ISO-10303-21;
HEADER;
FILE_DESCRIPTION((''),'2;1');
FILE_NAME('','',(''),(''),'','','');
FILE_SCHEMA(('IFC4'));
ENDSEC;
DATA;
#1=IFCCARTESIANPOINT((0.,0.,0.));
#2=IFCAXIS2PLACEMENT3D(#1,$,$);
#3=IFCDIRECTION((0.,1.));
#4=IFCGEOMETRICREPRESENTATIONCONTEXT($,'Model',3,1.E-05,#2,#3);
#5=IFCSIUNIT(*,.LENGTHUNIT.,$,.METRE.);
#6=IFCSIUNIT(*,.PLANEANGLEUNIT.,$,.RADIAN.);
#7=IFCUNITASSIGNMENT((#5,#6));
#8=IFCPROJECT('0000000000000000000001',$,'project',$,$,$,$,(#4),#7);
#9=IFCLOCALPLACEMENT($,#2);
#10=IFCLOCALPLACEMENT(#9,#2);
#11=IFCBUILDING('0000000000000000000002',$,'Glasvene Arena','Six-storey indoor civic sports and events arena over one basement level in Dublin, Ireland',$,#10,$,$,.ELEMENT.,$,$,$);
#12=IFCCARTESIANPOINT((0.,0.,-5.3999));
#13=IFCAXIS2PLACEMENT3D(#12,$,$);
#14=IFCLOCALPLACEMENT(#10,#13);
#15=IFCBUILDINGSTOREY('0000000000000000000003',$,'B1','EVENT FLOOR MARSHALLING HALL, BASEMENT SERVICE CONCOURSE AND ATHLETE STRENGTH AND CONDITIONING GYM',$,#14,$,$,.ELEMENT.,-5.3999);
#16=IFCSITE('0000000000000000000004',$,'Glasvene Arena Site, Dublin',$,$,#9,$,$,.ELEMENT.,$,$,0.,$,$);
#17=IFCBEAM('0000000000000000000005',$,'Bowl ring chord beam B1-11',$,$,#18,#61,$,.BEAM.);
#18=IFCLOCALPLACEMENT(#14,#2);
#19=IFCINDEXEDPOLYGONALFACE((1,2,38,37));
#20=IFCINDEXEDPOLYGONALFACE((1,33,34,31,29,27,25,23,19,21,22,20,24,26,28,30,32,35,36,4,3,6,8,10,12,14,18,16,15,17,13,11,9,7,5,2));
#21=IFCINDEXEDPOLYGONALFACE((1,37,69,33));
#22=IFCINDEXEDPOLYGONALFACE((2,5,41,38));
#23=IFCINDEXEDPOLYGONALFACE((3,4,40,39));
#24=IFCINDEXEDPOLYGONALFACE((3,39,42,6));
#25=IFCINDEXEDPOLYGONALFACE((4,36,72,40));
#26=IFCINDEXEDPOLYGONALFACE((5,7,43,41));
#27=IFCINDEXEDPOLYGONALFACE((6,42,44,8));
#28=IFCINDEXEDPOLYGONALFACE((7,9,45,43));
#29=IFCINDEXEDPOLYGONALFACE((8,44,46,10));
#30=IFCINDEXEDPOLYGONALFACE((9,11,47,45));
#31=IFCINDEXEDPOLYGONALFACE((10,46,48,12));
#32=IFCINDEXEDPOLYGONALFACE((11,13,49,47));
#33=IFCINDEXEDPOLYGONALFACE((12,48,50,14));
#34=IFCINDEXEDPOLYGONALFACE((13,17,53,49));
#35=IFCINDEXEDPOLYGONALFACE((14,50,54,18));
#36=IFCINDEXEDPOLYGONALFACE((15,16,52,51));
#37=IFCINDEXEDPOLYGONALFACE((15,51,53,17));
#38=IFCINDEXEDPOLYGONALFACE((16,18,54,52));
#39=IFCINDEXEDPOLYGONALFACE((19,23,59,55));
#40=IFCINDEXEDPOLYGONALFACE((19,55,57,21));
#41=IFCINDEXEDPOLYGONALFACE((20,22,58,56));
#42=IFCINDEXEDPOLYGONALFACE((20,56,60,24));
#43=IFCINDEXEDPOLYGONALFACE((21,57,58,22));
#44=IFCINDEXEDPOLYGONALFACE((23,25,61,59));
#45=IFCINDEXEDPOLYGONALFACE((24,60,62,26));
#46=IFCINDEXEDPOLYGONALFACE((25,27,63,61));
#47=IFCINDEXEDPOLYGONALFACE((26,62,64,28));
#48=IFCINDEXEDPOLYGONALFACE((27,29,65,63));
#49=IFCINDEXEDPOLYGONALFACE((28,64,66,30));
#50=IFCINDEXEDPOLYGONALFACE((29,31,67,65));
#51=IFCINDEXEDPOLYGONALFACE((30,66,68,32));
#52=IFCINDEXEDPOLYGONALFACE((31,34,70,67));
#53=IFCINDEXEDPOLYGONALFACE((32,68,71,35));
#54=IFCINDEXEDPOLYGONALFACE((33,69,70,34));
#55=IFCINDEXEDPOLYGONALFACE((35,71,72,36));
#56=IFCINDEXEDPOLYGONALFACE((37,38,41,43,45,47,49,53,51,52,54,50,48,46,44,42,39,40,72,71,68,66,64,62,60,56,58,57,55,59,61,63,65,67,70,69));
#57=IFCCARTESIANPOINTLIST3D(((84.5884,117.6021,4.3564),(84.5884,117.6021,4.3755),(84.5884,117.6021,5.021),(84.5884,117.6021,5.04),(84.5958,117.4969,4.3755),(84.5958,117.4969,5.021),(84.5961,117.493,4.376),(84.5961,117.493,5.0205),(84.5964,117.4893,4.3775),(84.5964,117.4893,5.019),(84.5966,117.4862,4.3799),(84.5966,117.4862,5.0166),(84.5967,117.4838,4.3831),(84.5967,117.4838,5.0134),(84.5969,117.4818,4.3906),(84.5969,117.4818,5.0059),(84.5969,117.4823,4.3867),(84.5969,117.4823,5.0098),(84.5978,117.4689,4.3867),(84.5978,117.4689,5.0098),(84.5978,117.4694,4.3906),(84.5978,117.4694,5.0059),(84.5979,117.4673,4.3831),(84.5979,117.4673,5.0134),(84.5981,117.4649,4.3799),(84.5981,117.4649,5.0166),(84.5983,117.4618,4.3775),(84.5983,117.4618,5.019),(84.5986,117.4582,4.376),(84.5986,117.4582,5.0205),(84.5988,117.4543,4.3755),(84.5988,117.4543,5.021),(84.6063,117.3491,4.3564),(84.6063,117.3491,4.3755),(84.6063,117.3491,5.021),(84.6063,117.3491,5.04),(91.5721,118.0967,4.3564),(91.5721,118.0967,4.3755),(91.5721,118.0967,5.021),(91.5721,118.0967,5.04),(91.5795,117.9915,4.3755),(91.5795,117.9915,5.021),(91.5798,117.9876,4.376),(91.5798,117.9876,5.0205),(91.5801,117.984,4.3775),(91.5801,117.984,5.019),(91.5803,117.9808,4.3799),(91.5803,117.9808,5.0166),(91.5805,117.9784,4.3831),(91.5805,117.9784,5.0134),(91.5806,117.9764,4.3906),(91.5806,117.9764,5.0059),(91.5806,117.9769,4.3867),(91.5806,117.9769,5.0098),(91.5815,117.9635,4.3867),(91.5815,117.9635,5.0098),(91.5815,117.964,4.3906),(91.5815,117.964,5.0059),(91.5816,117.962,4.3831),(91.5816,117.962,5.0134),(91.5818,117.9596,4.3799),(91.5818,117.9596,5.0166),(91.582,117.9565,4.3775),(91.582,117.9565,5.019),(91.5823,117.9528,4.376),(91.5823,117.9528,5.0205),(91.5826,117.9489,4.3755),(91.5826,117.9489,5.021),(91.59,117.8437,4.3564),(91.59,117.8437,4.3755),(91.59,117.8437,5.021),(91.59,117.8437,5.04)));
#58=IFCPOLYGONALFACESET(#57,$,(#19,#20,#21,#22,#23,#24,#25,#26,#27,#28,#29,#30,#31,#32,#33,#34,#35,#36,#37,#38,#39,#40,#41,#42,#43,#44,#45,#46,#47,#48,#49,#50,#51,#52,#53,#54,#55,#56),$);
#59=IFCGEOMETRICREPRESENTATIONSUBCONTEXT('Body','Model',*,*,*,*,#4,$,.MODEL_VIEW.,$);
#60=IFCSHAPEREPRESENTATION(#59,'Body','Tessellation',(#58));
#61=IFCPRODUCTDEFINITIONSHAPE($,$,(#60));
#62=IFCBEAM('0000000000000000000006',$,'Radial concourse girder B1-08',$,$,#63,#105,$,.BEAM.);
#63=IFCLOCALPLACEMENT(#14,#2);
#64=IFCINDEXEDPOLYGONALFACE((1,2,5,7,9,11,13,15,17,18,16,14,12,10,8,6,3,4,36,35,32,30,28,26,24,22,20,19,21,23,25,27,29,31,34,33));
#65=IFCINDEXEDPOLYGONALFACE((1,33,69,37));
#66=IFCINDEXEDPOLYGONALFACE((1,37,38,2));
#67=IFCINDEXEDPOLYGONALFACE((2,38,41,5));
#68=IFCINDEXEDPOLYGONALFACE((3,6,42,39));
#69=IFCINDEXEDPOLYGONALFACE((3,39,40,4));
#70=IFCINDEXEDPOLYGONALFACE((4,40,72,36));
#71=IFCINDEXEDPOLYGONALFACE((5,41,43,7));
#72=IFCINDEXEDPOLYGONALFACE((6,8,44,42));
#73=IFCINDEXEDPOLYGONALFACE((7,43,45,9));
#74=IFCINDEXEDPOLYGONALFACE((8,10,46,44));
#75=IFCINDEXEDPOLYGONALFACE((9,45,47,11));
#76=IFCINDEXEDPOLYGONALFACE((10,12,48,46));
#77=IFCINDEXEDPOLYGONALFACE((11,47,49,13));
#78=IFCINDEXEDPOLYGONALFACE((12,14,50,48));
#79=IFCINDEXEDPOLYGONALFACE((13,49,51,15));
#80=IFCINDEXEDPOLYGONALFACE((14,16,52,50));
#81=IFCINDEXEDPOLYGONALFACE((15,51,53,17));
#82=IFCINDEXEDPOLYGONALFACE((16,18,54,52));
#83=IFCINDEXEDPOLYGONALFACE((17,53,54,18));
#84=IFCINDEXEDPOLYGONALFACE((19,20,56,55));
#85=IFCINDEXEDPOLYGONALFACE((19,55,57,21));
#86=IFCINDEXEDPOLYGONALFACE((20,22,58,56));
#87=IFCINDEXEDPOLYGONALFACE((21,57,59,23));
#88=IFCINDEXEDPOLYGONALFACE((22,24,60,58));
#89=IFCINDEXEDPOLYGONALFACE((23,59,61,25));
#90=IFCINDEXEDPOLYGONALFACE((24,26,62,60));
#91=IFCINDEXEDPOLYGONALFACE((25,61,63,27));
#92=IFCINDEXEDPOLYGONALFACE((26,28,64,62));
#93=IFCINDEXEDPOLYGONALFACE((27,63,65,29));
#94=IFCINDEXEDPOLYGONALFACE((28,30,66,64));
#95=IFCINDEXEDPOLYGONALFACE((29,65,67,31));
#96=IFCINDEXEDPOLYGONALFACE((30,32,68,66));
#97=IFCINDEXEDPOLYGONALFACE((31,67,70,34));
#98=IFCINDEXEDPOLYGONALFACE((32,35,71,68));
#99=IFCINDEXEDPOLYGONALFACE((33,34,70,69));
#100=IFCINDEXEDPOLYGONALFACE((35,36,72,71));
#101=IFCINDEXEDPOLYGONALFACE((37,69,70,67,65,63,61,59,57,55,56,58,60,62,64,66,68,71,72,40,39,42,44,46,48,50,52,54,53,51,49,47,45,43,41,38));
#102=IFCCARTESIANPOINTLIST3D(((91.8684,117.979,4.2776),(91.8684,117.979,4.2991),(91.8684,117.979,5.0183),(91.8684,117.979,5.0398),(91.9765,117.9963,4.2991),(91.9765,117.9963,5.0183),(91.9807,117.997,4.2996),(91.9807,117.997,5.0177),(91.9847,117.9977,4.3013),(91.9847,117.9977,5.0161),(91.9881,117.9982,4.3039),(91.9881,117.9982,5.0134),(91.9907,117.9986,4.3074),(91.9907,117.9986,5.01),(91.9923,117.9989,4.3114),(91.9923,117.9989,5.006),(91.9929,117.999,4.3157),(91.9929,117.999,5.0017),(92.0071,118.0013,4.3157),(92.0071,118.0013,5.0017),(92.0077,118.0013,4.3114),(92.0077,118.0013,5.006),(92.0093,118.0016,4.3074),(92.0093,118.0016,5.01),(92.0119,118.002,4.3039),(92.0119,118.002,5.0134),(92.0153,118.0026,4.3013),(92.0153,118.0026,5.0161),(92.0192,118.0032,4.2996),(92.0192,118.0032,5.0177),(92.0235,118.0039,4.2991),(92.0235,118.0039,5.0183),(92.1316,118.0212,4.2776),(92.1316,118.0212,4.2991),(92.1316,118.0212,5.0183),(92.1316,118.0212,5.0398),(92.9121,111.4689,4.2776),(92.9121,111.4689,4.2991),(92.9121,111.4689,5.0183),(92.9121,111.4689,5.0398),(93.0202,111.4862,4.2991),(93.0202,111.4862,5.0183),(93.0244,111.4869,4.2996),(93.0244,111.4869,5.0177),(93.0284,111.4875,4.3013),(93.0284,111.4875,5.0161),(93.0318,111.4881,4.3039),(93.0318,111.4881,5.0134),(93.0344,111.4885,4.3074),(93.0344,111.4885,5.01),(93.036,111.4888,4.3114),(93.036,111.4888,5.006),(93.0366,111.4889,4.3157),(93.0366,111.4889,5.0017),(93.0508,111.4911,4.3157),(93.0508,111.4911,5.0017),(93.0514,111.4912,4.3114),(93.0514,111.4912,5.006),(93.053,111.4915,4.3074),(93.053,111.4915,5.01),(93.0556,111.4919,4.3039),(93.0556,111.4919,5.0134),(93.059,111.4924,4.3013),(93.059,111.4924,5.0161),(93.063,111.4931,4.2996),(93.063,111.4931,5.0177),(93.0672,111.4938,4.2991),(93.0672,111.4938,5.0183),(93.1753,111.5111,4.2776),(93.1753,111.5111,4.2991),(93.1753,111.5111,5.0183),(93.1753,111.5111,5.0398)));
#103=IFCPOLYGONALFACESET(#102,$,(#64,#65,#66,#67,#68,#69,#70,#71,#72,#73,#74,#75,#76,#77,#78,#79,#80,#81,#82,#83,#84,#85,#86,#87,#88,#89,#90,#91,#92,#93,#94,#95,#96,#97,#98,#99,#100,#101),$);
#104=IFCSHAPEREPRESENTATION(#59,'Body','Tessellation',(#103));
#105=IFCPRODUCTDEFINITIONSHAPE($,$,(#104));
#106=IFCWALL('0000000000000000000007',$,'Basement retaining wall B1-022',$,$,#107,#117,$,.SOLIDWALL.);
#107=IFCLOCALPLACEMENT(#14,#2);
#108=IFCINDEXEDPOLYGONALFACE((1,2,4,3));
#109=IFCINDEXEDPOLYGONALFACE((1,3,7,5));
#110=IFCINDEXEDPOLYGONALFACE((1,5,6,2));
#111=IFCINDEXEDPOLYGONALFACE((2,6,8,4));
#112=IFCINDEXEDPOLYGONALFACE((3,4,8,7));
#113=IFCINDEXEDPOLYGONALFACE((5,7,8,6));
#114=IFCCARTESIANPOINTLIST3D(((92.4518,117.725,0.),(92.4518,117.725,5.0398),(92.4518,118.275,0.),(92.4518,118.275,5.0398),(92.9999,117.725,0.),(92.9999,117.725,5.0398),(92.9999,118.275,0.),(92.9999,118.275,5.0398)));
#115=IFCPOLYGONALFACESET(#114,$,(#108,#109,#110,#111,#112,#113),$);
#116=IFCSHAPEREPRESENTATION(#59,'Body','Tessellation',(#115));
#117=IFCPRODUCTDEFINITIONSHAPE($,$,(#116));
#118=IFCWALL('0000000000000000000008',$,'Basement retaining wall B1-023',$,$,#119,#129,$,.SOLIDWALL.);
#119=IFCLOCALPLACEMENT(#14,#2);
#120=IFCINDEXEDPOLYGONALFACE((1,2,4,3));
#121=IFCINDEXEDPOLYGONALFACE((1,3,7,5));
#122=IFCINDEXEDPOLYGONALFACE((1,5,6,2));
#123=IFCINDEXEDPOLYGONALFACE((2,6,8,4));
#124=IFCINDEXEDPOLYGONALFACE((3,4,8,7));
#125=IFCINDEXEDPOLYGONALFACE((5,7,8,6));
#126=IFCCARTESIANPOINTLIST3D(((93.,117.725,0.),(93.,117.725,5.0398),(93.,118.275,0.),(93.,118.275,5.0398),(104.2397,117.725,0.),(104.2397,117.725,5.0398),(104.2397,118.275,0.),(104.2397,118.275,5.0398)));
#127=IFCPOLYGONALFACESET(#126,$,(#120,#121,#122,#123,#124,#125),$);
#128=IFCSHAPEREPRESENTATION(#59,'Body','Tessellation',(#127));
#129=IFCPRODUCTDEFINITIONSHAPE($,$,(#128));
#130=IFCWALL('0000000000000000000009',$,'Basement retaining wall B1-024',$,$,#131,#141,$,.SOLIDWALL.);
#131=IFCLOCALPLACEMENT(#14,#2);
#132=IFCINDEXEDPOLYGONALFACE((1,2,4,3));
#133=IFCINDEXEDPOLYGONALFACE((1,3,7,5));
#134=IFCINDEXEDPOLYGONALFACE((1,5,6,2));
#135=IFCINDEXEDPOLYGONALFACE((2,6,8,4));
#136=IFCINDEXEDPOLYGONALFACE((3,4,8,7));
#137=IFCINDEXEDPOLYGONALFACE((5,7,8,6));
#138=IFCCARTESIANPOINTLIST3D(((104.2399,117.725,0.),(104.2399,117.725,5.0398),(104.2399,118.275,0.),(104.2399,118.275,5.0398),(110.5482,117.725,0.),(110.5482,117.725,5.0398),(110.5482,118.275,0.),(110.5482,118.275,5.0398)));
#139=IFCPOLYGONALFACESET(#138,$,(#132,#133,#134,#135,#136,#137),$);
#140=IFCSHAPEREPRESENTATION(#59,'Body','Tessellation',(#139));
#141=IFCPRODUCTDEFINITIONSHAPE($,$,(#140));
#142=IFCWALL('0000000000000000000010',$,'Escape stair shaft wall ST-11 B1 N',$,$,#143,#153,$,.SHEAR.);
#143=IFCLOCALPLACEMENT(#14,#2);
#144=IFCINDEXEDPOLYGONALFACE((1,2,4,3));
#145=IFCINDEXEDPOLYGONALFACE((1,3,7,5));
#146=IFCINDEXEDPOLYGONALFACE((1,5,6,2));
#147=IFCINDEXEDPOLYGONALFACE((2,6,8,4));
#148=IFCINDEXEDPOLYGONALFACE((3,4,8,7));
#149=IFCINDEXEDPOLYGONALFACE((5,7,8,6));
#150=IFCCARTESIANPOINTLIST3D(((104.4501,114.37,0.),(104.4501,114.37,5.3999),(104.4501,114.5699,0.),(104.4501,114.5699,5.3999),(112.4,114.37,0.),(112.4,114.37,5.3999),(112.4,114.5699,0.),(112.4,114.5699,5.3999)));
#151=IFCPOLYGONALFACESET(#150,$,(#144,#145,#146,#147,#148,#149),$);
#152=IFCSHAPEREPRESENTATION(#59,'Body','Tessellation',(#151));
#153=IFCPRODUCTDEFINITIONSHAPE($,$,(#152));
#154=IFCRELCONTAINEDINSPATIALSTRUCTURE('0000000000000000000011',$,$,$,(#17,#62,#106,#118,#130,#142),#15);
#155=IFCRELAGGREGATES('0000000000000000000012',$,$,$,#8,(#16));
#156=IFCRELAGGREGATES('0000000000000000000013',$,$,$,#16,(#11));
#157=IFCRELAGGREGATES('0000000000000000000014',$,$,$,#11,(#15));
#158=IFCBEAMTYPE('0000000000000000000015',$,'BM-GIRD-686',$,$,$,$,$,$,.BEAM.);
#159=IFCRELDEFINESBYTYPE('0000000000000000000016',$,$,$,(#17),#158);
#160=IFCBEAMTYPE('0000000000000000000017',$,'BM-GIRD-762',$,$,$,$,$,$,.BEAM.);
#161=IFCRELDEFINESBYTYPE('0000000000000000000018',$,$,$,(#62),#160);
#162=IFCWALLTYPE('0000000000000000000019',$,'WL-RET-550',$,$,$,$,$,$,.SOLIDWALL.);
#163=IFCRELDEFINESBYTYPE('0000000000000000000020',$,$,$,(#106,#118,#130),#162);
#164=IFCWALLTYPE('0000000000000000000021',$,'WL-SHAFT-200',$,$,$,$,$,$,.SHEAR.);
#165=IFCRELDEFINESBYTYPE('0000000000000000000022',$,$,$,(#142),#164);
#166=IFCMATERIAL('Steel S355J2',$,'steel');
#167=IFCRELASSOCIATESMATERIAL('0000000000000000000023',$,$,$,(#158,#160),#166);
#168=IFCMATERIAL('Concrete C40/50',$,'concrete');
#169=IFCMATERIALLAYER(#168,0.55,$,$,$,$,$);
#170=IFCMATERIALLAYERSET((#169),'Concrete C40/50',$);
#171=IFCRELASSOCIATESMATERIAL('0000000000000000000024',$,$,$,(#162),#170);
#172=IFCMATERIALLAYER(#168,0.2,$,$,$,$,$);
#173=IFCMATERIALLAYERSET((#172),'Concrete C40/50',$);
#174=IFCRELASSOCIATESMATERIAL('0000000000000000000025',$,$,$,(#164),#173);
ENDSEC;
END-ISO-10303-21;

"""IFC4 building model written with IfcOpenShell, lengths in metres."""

from ifc_helpers import new_model, si_unit, direction, frame, frame_2d, origin, origin_2d, place, context, subcontext, project, spatial, rectangle, i_section, extrude, material, layer, layer_set, material_profile, profile_set, type_object, element, save


model = new_model("IFC4")

# Units and contexts
model_context = context("Model", 3, precision=1e-05, world=origin(), true_north=direction((0.0, 1.0)))
body_context = subcontext(model_context, "Body", "Model", "MODEL_VIEW")
ifc_project = project(units=[si_unit("LENGTHUNIT", "METRE"), si_unit("PLANEANGLEUNIT", "RADIAN")], contexts=[model_context])

# Site, building, storey
site_placement = place(None, origin())
site = spatial("IfcSite", under=ifc_project, at=site_placement, Name="Glasvene Arena Site, Dublin", CompositionType="ELEMENT", RefElevation=0.0)
building_placement = place(site_placement, origin())
building = spatial("IfcBuilding", under=site, at=building_placement, Name="Glasvene Arena", Description="Six-storey indoor civic sports and events arena over one basement level in Dublin, Ireland", CompositionType="ELEMENT")
storey_placement = place(building_placement, frame((0.0, 0.0, -5.3999)))
storey = spatial("IfcBuildingStorey", under=building, at=storey_placement, Name="B1", Description="EVENT FLOOR MARSHALLING HALL, BASEMENT SERVICE CONCOURSE AND ATHLETE STRENGTH AND CONDITIONING GYM", CompositionType="ELEMENT", Elevation=-5.3999)

# Shared definitions
ifc_material_1 = material(Name="Concrete C40/50", Category="concrete")

# Shared definitions
ifc_material_2 = material(Name="Steel S355J2", Category="steel")

# Beams
ifc_material_profile_1 = material_profile(ifc_material_2, i_section(OverallWidth=0.2537, OverallDepth=0.6836, WebThickness=0.0125, FlangeThickness=0.019, FilletRadius=0.0151, at=origin_2d()), Name="UKB 686x254x140")
ifc_profile_set_1 = profile_set([ifc_material_profile_1], Name="Steel S355J2")
beam_type_1 = type_object("IfcBeamType", Name="BM-GIRD-686", PredefinedType="BEAM", material=ifc_profile_set_1)
for number, where, z_axis, x_axis, name in (
    (1, (91.5811, 117.9702, 4.6982), (-0.997501, -0.07065, 0.0), (0.07065, -0.997501, 0.0), "Bowl ring chord beam B1-11"),
):
    element("IfcBeam", number, at=place(storey_placement, frame(where, z_axis=z_axis, x_axis=x_axis)), inside=storey, type_object=beam_type_1, Name=name, PredefinedType="BEAM", context=body_context, shape_type="SweptSolid", body=[
        extrude(i_section(OverallWidth=0.2537, OverallDepth=0.6836, WebThickness=0.0125, FlangeThickness=0.019, FilletRadius=0.0151, at=origin_2d()), origin(), (0.0, 0.0, 1.0), 7.0012),
    ])
ifc_material_profile_2 = material_profile(ifc_material_2, i_section(OverallWidth=0.2666, OverallDepth=0.7622, WebThickness=0.0144, FlangeThickness=0.0215, FilletRadius=0.0166, at=origin_2d()), Name="UKB 762x267x173")
ifc_profile_set_2 = profile_set([ifc_material_profile_2], Name="Steel S355J2")
beam_type_2 = type_object("IfcBeamType", Name="BM-GIRD-762", PredefinedType="BEAM", material=ifc_profile_set_2)
beam_1_placement = place(storey_placement, frame((93.0437, 111.49, 4.6587), z_axis=(-0.158301, 0.987391, 0.0), x_axis=(-0.987391, -0.158301, 0.0)))
element("IfcBeam", 2, at=beam_1_placement, inside=storey, type_object=beam_type_2, Name="Radial concourse girder B1-08", PredefinedType="BEAM", context=body_context, shape_type="SweptSolid", body=[
    extrude(i_section(OverallWidth=0.2666, OverallDepth=0.7622, WebThickness=0.0144, FlangeThickness=0.0215, FilletRadius=0.0166, at=origin_2d()), origin(), (0.0, 0.0, 1.0), 6.5933),
])

# Walls
ifc_layer_1 = layer(ifc_material_1, 0.55)
ifc_layer_set_1 = layer_set([ifc_layer_1], Name="Concrete C40/50")
wall_type_1 = type_object("IfcWallType", Name="WL-RET-550", PredefinedType="SOLIDWALL", material=ifc_layer_set_1)
wall_1_placement = place(storey_placement, frame((92.4519, 118.0, 0.0), z_axis=(0.0, 0.0, 1.0), x_axis=(1.0, 0.0, 0.0)))
element("IfcWall", 3, at=wall_1_placement, inside=storey, type_object=wall_type_1, Name="Basement retaining wall B1-022", PredefinedType="SOLIDWALL", context=body_context, shape_type="SweptSolid", body=[
    extrude(rectangle(XDim=0.5481, YDim=0.55, at=frame_2d((0.2739, 0.0))), origin(), (0.0, 0.0, 1.0), 5.0398),
])
wall_2_placement = place(storey_placement, frame((93.0, 118.0, 0.0), z_axis=(0.0, 0.0, 1.0), x_axis=(1.0, 0.0, 0.0)))
element("IfcWall", 4, at=wall_2_placement, inside=storey, type_object=wall_type_1, Name="Basement retaining wall B1-023", PredefinedType="SOLIDWALL", context=body_context, shape_type="SweptSolid", body=[
    extrude(rectangle(XDim=11.2397, YDim=0.55, at=frame_2d((5.6199, 0.0))), origin(), (0.0, 0.0, 1.0), 5.0398),
])
wall_3_placement = place(storey_placement, frame((104.2397, 118.0, 0.0), z_axis=(0.0, 0.0, 1.0), x_axis=(1.0, 0.0, 0.0)))
element("IfcWall", 5, at=wall_3_placement, inside=storey, type_object=wall_type_1, Name="Basement retaining wall B1-024", PredefinedType="SOLIDWALL", context=body_context, shape_type="SweptSolid", body=[
    extrude(rectangle(XDim=6.3083, YDim=0.55, at=frame_2d((3.1543, 0.0))), origin(), (0.0, 0.0, 1.0), 5.0398),
])
ifc_layer_2 = layer(ifc_material_1, 0.2)
ifc_layer_set_2 = layer_set([ifc_layer_2], Name="Concrete C40/50")
wall_type_2 = type_object("IfcWallType", Name="WL-SHAFT-200", PredefinedType="SHEAR", material=ifc_layer_set_2)
wall_4_placement = place(storey_placement, frame((104.45, 114.47, 0.0), z_axis=(0.0, 0.0, 1.0), x_axis=(1.0, 0.0, 0.0)))
element("IfcWall", 6, at=wall_4_placement, inside=storey, type_object=wall_type_2, Name="Escape stair shaft wall ST-11 B1 N", PredefinedType="SHEAR", context=body_context, shape_type="SweptSolid", body=[
    extrude(rectangle(XDim=7.95, YDim=0.2, at=frame_2d((3.9751, 0.0))), origin(), (0.0, 0.0, 1.0), 5.3999),
])

save(model, "model.ifc")
